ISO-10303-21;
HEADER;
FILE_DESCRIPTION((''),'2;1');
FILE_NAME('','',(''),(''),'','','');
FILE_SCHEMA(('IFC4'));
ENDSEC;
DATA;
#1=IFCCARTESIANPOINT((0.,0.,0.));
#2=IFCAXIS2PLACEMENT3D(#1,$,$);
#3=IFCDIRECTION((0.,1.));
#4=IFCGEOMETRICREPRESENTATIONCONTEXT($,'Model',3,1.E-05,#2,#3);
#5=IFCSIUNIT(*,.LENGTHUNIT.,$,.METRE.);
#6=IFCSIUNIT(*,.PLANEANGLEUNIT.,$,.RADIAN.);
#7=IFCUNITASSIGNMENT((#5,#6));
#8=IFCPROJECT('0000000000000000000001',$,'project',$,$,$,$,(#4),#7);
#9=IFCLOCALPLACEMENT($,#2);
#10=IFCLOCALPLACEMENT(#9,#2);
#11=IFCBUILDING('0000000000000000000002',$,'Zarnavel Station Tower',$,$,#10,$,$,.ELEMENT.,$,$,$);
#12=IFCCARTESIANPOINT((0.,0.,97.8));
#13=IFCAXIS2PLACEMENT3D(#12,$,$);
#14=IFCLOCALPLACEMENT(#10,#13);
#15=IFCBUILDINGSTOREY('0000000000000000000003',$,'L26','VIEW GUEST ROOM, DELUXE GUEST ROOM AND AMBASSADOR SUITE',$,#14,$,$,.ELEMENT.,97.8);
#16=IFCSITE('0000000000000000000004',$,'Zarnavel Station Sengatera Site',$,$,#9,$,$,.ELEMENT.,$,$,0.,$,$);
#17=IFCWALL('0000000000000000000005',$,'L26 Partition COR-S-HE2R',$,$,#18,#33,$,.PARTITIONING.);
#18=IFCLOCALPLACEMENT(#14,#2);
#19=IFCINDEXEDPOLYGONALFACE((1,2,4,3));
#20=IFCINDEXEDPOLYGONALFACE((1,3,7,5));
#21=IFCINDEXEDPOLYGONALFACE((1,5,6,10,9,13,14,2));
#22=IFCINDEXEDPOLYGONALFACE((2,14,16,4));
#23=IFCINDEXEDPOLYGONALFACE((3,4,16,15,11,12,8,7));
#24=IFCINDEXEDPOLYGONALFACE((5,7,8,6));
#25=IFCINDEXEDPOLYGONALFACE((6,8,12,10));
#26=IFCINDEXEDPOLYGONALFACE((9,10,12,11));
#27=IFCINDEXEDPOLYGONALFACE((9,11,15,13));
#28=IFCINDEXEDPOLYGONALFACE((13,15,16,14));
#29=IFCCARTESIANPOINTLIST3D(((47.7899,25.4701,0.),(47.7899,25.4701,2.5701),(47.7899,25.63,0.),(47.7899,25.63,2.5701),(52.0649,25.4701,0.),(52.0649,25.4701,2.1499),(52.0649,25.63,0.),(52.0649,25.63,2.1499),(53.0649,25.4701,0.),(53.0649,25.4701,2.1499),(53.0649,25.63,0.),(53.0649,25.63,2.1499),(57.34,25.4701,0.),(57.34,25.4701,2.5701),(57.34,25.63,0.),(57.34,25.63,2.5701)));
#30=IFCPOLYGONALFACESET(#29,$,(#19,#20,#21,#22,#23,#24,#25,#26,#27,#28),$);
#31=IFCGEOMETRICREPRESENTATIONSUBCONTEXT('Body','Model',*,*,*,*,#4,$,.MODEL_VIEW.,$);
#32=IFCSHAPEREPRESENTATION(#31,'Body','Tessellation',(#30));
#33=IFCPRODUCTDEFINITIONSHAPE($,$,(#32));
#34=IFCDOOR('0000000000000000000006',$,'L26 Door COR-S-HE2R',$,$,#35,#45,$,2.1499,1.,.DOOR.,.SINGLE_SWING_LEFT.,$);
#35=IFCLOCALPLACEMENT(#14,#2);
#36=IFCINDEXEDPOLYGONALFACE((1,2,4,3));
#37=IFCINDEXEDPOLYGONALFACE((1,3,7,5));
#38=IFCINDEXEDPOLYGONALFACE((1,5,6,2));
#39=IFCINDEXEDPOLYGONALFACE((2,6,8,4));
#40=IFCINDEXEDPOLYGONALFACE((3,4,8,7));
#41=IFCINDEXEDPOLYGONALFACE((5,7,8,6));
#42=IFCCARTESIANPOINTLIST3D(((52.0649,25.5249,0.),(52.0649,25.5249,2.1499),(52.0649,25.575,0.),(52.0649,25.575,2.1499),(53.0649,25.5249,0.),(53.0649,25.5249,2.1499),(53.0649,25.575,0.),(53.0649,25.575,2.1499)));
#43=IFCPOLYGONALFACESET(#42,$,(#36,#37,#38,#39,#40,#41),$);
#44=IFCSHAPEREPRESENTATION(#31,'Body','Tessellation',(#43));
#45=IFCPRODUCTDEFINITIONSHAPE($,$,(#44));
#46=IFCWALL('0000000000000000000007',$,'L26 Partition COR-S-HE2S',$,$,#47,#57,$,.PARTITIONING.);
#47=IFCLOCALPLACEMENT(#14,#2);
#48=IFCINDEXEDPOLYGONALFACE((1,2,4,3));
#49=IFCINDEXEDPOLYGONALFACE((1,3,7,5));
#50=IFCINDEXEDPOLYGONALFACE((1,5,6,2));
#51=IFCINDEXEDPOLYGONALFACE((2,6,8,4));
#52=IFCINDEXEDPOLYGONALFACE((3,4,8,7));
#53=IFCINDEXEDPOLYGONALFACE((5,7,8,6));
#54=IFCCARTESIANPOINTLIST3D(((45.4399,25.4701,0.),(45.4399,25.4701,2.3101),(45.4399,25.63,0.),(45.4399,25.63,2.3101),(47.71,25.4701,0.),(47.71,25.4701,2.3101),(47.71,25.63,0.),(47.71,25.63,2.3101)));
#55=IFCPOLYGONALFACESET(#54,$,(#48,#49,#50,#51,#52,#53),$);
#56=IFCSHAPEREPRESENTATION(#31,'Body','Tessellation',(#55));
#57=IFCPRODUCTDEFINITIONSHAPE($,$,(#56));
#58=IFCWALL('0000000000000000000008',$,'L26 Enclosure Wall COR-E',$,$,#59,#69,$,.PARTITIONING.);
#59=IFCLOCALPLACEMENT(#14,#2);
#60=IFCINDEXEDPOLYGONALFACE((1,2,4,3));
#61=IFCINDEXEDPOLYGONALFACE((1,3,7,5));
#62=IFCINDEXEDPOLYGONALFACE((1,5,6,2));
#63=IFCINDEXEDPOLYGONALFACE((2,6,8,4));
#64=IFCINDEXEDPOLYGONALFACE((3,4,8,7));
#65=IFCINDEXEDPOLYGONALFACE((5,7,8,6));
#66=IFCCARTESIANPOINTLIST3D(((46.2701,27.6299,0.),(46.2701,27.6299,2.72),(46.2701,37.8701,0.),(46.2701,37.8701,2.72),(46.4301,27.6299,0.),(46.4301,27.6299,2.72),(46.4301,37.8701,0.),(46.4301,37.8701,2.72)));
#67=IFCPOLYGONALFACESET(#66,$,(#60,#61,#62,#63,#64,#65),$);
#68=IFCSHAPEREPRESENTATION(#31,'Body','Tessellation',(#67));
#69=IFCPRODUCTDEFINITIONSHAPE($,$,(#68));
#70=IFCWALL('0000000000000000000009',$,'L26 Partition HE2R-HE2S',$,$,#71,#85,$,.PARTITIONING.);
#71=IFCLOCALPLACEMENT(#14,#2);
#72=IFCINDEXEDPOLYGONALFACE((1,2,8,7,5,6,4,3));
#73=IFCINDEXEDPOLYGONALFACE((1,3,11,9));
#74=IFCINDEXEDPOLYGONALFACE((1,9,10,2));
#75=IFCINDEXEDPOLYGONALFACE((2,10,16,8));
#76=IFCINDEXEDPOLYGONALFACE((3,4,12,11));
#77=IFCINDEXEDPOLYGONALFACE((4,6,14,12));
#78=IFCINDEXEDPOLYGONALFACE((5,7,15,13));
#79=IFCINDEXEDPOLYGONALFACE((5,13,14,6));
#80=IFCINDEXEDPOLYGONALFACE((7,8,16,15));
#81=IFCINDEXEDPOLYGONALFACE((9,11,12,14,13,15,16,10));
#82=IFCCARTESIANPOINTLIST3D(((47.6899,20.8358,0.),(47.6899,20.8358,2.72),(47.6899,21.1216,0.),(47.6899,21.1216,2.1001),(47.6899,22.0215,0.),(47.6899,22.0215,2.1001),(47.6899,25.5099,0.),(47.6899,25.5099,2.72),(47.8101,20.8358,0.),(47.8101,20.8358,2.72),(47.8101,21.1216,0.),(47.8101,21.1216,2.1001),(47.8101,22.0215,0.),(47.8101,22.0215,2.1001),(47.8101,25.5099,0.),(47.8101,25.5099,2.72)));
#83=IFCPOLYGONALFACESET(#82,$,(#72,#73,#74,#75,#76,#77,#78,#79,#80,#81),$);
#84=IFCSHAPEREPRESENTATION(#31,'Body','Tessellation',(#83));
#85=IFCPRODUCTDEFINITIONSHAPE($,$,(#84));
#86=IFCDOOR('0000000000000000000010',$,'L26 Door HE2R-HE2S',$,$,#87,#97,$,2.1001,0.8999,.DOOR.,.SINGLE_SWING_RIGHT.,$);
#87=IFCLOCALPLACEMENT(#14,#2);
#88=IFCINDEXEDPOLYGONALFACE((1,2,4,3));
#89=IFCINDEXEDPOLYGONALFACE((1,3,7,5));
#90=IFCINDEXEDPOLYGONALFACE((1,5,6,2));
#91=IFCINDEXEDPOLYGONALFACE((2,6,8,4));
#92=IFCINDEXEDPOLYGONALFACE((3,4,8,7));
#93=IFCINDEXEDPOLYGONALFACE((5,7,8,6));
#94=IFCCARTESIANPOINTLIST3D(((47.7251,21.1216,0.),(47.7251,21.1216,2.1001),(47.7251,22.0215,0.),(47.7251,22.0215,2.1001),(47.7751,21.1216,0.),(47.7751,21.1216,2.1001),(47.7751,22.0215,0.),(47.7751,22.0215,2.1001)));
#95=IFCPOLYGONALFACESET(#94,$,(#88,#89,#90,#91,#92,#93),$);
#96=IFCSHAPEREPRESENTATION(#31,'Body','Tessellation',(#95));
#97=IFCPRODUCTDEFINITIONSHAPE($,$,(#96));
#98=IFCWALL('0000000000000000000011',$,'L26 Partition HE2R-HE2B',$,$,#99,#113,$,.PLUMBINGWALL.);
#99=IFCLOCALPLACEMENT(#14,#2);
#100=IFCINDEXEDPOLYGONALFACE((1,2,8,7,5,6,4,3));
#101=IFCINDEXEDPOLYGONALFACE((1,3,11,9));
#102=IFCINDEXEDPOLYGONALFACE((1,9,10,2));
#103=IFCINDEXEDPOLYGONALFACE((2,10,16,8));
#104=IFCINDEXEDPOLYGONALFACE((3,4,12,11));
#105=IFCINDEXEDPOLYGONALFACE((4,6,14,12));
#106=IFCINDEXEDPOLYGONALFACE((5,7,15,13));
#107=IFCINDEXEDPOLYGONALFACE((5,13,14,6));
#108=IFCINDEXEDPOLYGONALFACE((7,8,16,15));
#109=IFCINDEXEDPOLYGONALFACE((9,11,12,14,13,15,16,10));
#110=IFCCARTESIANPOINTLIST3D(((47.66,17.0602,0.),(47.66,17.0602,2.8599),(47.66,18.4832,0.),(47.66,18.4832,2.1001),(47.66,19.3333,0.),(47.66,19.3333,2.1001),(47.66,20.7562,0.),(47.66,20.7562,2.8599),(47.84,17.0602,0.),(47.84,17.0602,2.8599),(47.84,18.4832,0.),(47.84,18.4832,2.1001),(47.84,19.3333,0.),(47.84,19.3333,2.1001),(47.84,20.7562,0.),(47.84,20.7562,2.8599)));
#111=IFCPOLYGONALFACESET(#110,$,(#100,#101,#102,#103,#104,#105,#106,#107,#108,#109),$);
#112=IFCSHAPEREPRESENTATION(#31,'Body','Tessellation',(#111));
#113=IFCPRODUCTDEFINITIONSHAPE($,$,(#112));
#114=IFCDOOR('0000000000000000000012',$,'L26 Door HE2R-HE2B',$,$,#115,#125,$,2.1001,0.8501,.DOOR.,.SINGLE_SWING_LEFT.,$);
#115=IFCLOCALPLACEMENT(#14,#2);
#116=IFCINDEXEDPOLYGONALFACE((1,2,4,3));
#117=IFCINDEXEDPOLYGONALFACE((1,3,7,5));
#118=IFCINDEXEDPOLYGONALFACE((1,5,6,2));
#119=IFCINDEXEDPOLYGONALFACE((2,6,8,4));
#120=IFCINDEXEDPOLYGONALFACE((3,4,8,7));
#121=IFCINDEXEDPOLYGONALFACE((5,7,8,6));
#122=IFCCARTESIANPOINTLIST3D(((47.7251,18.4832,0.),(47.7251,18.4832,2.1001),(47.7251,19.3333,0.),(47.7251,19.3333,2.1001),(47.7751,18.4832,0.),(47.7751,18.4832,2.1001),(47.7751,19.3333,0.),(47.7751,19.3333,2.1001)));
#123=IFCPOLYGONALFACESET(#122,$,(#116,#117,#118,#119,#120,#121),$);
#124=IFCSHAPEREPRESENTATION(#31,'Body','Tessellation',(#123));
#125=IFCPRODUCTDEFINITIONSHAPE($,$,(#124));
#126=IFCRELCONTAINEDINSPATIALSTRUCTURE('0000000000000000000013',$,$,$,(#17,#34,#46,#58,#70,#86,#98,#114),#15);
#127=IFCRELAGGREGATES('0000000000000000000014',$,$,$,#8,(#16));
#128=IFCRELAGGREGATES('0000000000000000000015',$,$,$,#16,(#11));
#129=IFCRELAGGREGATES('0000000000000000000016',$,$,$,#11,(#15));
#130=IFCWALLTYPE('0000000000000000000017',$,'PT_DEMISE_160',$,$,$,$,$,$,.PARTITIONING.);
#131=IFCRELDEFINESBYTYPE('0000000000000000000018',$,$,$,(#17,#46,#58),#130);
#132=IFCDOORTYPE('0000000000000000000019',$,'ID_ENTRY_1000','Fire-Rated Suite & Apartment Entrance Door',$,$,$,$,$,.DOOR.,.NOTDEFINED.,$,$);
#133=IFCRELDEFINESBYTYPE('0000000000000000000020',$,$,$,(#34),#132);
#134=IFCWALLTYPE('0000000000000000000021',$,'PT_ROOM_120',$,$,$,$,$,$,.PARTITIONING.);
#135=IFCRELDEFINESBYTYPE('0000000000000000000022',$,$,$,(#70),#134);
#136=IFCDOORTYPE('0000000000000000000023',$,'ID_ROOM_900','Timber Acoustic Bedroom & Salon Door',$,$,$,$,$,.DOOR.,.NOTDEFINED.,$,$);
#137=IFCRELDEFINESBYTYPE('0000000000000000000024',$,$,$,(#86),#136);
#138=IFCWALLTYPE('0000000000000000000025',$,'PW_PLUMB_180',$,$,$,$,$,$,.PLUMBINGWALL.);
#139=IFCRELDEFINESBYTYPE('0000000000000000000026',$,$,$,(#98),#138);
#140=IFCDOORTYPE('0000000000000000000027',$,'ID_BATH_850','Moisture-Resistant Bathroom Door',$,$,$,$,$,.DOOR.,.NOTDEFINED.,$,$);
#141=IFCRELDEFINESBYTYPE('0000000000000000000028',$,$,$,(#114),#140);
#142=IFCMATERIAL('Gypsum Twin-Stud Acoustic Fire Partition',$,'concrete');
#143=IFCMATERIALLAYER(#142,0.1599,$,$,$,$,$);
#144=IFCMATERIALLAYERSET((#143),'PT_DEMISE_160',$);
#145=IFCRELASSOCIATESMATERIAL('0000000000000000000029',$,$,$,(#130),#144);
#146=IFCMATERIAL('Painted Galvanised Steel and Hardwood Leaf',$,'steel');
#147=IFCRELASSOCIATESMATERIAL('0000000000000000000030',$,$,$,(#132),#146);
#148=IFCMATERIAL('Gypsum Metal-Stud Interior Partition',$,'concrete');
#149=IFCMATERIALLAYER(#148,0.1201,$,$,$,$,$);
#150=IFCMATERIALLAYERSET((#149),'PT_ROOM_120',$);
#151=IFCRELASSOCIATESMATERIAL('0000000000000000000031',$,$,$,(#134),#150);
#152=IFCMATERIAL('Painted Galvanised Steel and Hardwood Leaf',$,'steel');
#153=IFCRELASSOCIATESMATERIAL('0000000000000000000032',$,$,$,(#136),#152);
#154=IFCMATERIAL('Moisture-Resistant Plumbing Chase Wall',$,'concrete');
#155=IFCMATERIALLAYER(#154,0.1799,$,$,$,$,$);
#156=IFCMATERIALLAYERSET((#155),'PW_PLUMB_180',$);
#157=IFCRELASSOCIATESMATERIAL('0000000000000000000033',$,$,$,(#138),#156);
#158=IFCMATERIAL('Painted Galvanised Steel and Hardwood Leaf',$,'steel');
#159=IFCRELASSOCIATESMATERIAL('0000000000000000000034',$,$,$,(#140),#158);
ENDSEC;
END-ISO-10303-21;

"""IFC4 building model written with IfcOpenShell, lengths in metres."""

from ifc_helpers import new_model, si_unit, direction, frame, frame_2d, origin, place, context, subcontext, project, spatial, rectangle, extrude, material, layer, layer_set, type_object, element, fill, save


model = new_model("IFC4")

# Units and contexts
model_context = context("Model", 3, precision=1e-05, world=origin(), true_north=direction((0.0, 1.0)))
body_context = subcontext(model_context, "Body", "Model", "MODEL_VIEW")
ifc_project = project(units=[si_unit("LENGTHUNIT", "METRE"), si_unit("PLANEANGLEUNIT", "RADIAN")], contexts=[model_context])

# Site, building, storey
site_placement = place(None, origin())
site = spatial("IfcSite", under=ifc_project, at=site_placement, Name="Zarnavel Station Sengatera Site", CompositionType="ELEMENT", RefElevation=0.0)
building_placement = place(site_placement, origin())
building = spatial("IfcBuilding", under=site, at=building_placement, Name="Zarnavel Station Tower", CompositionType="ELEMENT")
storey_placement = place(building_placement, frame((0.0, 0.0, 97.8)))
storey = spatial("IfcBuildingStorey", under=building, at=storey_placement, Name="L26", Description="VIEW GUEST ROOM, DELUXE GUEST ROOM AND AMBASSADOR SUITE", CompositionType="ELEMENT", Elevation=97.8)

# Wall, opening, door
ifc_material_1 = material(Name="Gypsum Twin-Stud Acoustic Fire Partition", Category="concrete")
ifc_layer_1 = layer(ifc_material_1, 0.1599)
ifc_layer_set_1 = layer_set([ifc_layer_1], Name="PT_DEMISE_160")
wall_type_1 = type_object("IfcWallType", Name="PT_DEMISE_160", PredefinedType="PARTITIONING", material=ifc_layer_set_1)
ifc_material_2 = material(Name="Painted Galvanised Steel and Hardwood Leaf", Category="steel")
door_type_1 = type_object("IfcDoorType", Name="ID_ENTRY_1000", Description="Fire-Rated Suite & Apartment Entrance Door", OperationType="NOTDEFINED", PredefinedType="DOOR", material=ifc_material_2)
wall_1_placement = place(storey_placement, frame((47.79, 25.55, 0.0), z_axis=(0.0, 0.0, 1.0), x_axis=(1.0, 0.0, 0.0)))
wall_1 = element("IfcWall", 1, at=wall_1_placement, inside=storey, type_object=wall_type_1, Name="L26 Partition COR-S-HE2R", PredefinedType="PARTITIONING", context=body_context, shape_type="SweptSolid", body=[
    extrude(rectangle(XDim=9.55, YDim=0.1599, at=frame_2d((4.7749, 0.0))), origin(), (0.0, 0.0, 1.0), 2.5701),
])
opening_1_placement = place(wall_1_placement, frame((4.2749, 0.0, 0.0)))
opening_1 = element("IfcOpeningElement", 2, at=opening_1_placement, cuts=wall_1, PredefinedType="OPENING", context=body_context, shape_type="SweptSolid", body=[
    extrude(rectangle(XDim=1.0, YDim=2.1499, at=frame_2d((0.5, 1.075))), frame((0.0, 0.0898, 0.0), z_axis=(0.0, -1.0, 0.0), x_axis=(1.0, 0.0, 0.0)), (0.0, 0.0, 1.0), 0.1799),
])
door_1_placement = place(opening_1_placement, origin())
door_1 = element("IfcDoor", 3, at=door_1_placement, inside=storey, type_object=door_type_1, Name="L26 Door COR-S-HE2R", OperationType="SINGLE_SWING_LEFT", OverallHeight=2.1499, OverallWidth=1.0, PredefinedType="DOOR", context=body_context, shape_type="SweptSolid", body=[
    extrude(rectangle(XDim=1.0, YDim=2.1499, at=frame_2d((0.5, 1.075))), frame((0.0, 0.0249, 0.0), z_axis=(0.0, -1.0, 0.0), x_axis=(1.0, 0.0, 0.0)), (0.0, 0.0, 1.0), 0.05),
])
fill(opening_1, door_1)

# Wall
wall_2_placement = place(storey_placement, frame((45.4399, 25.55, 0.0), z_axis=(0.0, 0.0, 1.0), x_axis=(1.0, 0.0, 0.0)))
element("IfcWall", 4, at=wall_2_placement, inside=storey, type_object=wall_type_1, Name="L26 Partition COR-S-HE2S", PredefinedType="PARTITIONING", context=body_context, shape_type="SweptSolid", body=[
    extrude(rectangle(XDim=2.27, YDim=0.1599, at=frame_2d((1.135, 0.0))), origin(), (0.0, 0.0, 1.0), 2.3101),
])

# Wall
wall_3_placement = place(storey_placement, frame((46.3501, 27.6299, 0.0), z_axis=(0.0, 0.0, 1.0), x_axis=(0.0, 1.0, 0.0)))
element("IfcWall", 5, at=wall_3_placement, inside=storey, type_object=wall_type_1, Name="L26 Enclosure Wall COR-E", PredefinedType="PARTITIONING", context=body_context, shape_type="SweptSolid", body=[
    extrude(rectangle(XDim=10.2402, YDim=0.1599, at=frame_2d((5.1201, 0.0))), origin(), (0.0, 0.0, 1.0), 2.72),
])

# Walls, openings, doors
ifc_material_3 = material(Name="Gypsum Metal-Stud Interior Partition", Category="concrete")
ifc_layer_2 = layer(ifc_material_3, 0.1201)
ifc_layer_set_2 = layer_set([ifc_layer_2], Name="PT_ROOM_120")
wall_type_2 = type_object("IfcWallType", Name="PT_ROOM_120", PredefinedType="PARTITIONING", material=ifc_layer_set_2)
wall_4_placement = place(storey_placement, frame((47.75, 20.8359, 0.0), z_axis=(0.0, 0.0, 1.0), x_axis=(0.0, 1.0, 0.0)))
wall_4 = element("IfcWall", 6, at=wall_4_placement, inside=storey, type_object=wall_type_2, Name="L26 Partition HE2R-HE2S", PredefinedType="PARTITIONING", context=body_context, shape_type="SweptSolid", body=[
    extrude(rectangle(XDim=4.6741, YDim=0.1201, at=frame_2d((2.3369, 0.0))), origin(), (0.0, 0.0, 1.0), 2.72),
])
opening_2_placement = place(wall_4_placement, frame((0.2856, 0.0, 0.0)))
opening_2 = element("IfcOpeningElement", 7, at=opening_2_placement, cuts=wall_4, PredefinedType="OPENING", context=body_context, shape_type="SweptSolid", body=[
    extrude(rectangle(XDim=0.8999, YDim=2.1001, at=frame_2d((0.45, 1.05))), frame((0.0, 0.0701, 0.0), z_axis=(0.0, -1.0, 0.0), x_axis=(1.0, 0.0, 0.0)), (0.0, 0.0, 1.0), 0.1401),
])
ifc_material_4 = material(Name="Painted Galvanised Steel and Hardwood Leaf", Category="steel")
door_type_2 = type_object("IfcDoorType", Name="ID_ROOM_900", Description="Timber Acoustic Bedroom & Salon Door", OperationType="NOTDEFINED", PredefinedType="DOOR", material=ifc_material_4)
door_2_placement = place(opening_2_placement, origin())
door_2 = element("IfcDoor", 8, at=door_2_placement, inside=storey, type_object=door_type_2, Name="L26 Door HE2R-HE2S", OperationType="SINGLE_SWING_RIGHT", OverallHeight=2.1001, OverallWidth=0.8999, PredefinedType="DOOR", context=body_context, shape_type="SweptSolid", body=[
    extrude(rectangle(XDim=0.8999, YDim=2.1001, at=frame_2d((0.45, 1.05))), frame((0.0, 0.0249, 0.0), z_axis=(0.0, -1.0, 0.0), x_axis=(1.0, 0.0, 0.0)), (0.0, 0.0, 1.0), 0.05),
])
fill(opening_2, door_2)
ifc_material_5 = material(Name="Moisture-Resistant Plumbing Chase Wall", Category="concrete")
ifc_layer_3 = layer(ifc_material_5, 0.1799)
ifc_layer_set_3 = layer_set([ifc_layer_3], Name="PW_PLUMB_180")
wall_type_3 = type_object("IfcWallType", Name="PW_PLUMB_180", PredefinedType="PLUMBINGWALL", material=ifc_layer_set_3)
wall_5_placement = place(storey_placement, frame((47.75, 17.0601, 0.0), z_axis=(0.0, 0.0, 1.0), x_axis=(0.0, 1.0, 0.0)))
wall_5 = element("IfcWall", 9, at=wall_5_placement, inside=storey, type_object=wall_type_3, Name="L26 Partition HE2R-HE2B", PredefinedType="PLUMBINGWALL", context=body_context, shape_type="SweptSolid", body=[
    extrude(rectangle(XDim=3.696, YDim=0.1799, at=frame_2d((1.8481, 0.0))), origin(), (0.0, 0.0, 1.0), 2.8599),
])
opening_3_placement = place(wall_5_placement, frame((1.4231, 0.0, 0.0)))
opening_3 = element("IfcOpeningElement", 10, at=opening_3_placement, cuts=wall_5, PredefinedType="OPENING", context=body_context, shape_type="SweptSolid", body=[
    extrude(rectangle(XDim=0.8501, YDim=2.1001, at=frame_2d((0.425, 1.05))), frame((0.0, 0.0999, 0.0), z_axis=(0.0, -1.0, 0.0), x_axis=(1.0, 0.0, 0.0)), (0.0, 0.0, 1.0), 0.2),
])
ifc_material_6 = material(Name="Painted Galvanised Steel and Hardwood Leaf", Category="steel")
door_type_3 = type_object("IfcDoorType", Name="ID_BATH_850", Description="Moisture-Resistant Bathroom Door", OperationType="NOTDEFINED", PredefinedType="DOOR", material=ifc_material_6)
door_3_placement = place(opening_3_placement, origin())
door_3 = element("IfcDoor", 11, at=door_3_placement, inside=storey, type_object=door_type_3, Name="L26 Door HE2R-HE2B", OperationType="SINGLE_SWING_LEFT", OverallHeight=2.1001, OverallWidth=0.8501, PredefinedType="DOOR", context=body_context, shape_type="SweptSolid", body=[
    extrude(rectangle(XDim=0.8501, YDim=2.1001, at=frame_2d((0.425, 1.05))), frame((0.0, 0.0249, 0.0), z_axis=(0.0, -1.0, 0.0), x_axis=(1.0, 0.0, 0.0)), (0.0, 0.0, 1.0), 0.05),
])
fill(opening_3, door_3)

save(model, "model.ifc")
